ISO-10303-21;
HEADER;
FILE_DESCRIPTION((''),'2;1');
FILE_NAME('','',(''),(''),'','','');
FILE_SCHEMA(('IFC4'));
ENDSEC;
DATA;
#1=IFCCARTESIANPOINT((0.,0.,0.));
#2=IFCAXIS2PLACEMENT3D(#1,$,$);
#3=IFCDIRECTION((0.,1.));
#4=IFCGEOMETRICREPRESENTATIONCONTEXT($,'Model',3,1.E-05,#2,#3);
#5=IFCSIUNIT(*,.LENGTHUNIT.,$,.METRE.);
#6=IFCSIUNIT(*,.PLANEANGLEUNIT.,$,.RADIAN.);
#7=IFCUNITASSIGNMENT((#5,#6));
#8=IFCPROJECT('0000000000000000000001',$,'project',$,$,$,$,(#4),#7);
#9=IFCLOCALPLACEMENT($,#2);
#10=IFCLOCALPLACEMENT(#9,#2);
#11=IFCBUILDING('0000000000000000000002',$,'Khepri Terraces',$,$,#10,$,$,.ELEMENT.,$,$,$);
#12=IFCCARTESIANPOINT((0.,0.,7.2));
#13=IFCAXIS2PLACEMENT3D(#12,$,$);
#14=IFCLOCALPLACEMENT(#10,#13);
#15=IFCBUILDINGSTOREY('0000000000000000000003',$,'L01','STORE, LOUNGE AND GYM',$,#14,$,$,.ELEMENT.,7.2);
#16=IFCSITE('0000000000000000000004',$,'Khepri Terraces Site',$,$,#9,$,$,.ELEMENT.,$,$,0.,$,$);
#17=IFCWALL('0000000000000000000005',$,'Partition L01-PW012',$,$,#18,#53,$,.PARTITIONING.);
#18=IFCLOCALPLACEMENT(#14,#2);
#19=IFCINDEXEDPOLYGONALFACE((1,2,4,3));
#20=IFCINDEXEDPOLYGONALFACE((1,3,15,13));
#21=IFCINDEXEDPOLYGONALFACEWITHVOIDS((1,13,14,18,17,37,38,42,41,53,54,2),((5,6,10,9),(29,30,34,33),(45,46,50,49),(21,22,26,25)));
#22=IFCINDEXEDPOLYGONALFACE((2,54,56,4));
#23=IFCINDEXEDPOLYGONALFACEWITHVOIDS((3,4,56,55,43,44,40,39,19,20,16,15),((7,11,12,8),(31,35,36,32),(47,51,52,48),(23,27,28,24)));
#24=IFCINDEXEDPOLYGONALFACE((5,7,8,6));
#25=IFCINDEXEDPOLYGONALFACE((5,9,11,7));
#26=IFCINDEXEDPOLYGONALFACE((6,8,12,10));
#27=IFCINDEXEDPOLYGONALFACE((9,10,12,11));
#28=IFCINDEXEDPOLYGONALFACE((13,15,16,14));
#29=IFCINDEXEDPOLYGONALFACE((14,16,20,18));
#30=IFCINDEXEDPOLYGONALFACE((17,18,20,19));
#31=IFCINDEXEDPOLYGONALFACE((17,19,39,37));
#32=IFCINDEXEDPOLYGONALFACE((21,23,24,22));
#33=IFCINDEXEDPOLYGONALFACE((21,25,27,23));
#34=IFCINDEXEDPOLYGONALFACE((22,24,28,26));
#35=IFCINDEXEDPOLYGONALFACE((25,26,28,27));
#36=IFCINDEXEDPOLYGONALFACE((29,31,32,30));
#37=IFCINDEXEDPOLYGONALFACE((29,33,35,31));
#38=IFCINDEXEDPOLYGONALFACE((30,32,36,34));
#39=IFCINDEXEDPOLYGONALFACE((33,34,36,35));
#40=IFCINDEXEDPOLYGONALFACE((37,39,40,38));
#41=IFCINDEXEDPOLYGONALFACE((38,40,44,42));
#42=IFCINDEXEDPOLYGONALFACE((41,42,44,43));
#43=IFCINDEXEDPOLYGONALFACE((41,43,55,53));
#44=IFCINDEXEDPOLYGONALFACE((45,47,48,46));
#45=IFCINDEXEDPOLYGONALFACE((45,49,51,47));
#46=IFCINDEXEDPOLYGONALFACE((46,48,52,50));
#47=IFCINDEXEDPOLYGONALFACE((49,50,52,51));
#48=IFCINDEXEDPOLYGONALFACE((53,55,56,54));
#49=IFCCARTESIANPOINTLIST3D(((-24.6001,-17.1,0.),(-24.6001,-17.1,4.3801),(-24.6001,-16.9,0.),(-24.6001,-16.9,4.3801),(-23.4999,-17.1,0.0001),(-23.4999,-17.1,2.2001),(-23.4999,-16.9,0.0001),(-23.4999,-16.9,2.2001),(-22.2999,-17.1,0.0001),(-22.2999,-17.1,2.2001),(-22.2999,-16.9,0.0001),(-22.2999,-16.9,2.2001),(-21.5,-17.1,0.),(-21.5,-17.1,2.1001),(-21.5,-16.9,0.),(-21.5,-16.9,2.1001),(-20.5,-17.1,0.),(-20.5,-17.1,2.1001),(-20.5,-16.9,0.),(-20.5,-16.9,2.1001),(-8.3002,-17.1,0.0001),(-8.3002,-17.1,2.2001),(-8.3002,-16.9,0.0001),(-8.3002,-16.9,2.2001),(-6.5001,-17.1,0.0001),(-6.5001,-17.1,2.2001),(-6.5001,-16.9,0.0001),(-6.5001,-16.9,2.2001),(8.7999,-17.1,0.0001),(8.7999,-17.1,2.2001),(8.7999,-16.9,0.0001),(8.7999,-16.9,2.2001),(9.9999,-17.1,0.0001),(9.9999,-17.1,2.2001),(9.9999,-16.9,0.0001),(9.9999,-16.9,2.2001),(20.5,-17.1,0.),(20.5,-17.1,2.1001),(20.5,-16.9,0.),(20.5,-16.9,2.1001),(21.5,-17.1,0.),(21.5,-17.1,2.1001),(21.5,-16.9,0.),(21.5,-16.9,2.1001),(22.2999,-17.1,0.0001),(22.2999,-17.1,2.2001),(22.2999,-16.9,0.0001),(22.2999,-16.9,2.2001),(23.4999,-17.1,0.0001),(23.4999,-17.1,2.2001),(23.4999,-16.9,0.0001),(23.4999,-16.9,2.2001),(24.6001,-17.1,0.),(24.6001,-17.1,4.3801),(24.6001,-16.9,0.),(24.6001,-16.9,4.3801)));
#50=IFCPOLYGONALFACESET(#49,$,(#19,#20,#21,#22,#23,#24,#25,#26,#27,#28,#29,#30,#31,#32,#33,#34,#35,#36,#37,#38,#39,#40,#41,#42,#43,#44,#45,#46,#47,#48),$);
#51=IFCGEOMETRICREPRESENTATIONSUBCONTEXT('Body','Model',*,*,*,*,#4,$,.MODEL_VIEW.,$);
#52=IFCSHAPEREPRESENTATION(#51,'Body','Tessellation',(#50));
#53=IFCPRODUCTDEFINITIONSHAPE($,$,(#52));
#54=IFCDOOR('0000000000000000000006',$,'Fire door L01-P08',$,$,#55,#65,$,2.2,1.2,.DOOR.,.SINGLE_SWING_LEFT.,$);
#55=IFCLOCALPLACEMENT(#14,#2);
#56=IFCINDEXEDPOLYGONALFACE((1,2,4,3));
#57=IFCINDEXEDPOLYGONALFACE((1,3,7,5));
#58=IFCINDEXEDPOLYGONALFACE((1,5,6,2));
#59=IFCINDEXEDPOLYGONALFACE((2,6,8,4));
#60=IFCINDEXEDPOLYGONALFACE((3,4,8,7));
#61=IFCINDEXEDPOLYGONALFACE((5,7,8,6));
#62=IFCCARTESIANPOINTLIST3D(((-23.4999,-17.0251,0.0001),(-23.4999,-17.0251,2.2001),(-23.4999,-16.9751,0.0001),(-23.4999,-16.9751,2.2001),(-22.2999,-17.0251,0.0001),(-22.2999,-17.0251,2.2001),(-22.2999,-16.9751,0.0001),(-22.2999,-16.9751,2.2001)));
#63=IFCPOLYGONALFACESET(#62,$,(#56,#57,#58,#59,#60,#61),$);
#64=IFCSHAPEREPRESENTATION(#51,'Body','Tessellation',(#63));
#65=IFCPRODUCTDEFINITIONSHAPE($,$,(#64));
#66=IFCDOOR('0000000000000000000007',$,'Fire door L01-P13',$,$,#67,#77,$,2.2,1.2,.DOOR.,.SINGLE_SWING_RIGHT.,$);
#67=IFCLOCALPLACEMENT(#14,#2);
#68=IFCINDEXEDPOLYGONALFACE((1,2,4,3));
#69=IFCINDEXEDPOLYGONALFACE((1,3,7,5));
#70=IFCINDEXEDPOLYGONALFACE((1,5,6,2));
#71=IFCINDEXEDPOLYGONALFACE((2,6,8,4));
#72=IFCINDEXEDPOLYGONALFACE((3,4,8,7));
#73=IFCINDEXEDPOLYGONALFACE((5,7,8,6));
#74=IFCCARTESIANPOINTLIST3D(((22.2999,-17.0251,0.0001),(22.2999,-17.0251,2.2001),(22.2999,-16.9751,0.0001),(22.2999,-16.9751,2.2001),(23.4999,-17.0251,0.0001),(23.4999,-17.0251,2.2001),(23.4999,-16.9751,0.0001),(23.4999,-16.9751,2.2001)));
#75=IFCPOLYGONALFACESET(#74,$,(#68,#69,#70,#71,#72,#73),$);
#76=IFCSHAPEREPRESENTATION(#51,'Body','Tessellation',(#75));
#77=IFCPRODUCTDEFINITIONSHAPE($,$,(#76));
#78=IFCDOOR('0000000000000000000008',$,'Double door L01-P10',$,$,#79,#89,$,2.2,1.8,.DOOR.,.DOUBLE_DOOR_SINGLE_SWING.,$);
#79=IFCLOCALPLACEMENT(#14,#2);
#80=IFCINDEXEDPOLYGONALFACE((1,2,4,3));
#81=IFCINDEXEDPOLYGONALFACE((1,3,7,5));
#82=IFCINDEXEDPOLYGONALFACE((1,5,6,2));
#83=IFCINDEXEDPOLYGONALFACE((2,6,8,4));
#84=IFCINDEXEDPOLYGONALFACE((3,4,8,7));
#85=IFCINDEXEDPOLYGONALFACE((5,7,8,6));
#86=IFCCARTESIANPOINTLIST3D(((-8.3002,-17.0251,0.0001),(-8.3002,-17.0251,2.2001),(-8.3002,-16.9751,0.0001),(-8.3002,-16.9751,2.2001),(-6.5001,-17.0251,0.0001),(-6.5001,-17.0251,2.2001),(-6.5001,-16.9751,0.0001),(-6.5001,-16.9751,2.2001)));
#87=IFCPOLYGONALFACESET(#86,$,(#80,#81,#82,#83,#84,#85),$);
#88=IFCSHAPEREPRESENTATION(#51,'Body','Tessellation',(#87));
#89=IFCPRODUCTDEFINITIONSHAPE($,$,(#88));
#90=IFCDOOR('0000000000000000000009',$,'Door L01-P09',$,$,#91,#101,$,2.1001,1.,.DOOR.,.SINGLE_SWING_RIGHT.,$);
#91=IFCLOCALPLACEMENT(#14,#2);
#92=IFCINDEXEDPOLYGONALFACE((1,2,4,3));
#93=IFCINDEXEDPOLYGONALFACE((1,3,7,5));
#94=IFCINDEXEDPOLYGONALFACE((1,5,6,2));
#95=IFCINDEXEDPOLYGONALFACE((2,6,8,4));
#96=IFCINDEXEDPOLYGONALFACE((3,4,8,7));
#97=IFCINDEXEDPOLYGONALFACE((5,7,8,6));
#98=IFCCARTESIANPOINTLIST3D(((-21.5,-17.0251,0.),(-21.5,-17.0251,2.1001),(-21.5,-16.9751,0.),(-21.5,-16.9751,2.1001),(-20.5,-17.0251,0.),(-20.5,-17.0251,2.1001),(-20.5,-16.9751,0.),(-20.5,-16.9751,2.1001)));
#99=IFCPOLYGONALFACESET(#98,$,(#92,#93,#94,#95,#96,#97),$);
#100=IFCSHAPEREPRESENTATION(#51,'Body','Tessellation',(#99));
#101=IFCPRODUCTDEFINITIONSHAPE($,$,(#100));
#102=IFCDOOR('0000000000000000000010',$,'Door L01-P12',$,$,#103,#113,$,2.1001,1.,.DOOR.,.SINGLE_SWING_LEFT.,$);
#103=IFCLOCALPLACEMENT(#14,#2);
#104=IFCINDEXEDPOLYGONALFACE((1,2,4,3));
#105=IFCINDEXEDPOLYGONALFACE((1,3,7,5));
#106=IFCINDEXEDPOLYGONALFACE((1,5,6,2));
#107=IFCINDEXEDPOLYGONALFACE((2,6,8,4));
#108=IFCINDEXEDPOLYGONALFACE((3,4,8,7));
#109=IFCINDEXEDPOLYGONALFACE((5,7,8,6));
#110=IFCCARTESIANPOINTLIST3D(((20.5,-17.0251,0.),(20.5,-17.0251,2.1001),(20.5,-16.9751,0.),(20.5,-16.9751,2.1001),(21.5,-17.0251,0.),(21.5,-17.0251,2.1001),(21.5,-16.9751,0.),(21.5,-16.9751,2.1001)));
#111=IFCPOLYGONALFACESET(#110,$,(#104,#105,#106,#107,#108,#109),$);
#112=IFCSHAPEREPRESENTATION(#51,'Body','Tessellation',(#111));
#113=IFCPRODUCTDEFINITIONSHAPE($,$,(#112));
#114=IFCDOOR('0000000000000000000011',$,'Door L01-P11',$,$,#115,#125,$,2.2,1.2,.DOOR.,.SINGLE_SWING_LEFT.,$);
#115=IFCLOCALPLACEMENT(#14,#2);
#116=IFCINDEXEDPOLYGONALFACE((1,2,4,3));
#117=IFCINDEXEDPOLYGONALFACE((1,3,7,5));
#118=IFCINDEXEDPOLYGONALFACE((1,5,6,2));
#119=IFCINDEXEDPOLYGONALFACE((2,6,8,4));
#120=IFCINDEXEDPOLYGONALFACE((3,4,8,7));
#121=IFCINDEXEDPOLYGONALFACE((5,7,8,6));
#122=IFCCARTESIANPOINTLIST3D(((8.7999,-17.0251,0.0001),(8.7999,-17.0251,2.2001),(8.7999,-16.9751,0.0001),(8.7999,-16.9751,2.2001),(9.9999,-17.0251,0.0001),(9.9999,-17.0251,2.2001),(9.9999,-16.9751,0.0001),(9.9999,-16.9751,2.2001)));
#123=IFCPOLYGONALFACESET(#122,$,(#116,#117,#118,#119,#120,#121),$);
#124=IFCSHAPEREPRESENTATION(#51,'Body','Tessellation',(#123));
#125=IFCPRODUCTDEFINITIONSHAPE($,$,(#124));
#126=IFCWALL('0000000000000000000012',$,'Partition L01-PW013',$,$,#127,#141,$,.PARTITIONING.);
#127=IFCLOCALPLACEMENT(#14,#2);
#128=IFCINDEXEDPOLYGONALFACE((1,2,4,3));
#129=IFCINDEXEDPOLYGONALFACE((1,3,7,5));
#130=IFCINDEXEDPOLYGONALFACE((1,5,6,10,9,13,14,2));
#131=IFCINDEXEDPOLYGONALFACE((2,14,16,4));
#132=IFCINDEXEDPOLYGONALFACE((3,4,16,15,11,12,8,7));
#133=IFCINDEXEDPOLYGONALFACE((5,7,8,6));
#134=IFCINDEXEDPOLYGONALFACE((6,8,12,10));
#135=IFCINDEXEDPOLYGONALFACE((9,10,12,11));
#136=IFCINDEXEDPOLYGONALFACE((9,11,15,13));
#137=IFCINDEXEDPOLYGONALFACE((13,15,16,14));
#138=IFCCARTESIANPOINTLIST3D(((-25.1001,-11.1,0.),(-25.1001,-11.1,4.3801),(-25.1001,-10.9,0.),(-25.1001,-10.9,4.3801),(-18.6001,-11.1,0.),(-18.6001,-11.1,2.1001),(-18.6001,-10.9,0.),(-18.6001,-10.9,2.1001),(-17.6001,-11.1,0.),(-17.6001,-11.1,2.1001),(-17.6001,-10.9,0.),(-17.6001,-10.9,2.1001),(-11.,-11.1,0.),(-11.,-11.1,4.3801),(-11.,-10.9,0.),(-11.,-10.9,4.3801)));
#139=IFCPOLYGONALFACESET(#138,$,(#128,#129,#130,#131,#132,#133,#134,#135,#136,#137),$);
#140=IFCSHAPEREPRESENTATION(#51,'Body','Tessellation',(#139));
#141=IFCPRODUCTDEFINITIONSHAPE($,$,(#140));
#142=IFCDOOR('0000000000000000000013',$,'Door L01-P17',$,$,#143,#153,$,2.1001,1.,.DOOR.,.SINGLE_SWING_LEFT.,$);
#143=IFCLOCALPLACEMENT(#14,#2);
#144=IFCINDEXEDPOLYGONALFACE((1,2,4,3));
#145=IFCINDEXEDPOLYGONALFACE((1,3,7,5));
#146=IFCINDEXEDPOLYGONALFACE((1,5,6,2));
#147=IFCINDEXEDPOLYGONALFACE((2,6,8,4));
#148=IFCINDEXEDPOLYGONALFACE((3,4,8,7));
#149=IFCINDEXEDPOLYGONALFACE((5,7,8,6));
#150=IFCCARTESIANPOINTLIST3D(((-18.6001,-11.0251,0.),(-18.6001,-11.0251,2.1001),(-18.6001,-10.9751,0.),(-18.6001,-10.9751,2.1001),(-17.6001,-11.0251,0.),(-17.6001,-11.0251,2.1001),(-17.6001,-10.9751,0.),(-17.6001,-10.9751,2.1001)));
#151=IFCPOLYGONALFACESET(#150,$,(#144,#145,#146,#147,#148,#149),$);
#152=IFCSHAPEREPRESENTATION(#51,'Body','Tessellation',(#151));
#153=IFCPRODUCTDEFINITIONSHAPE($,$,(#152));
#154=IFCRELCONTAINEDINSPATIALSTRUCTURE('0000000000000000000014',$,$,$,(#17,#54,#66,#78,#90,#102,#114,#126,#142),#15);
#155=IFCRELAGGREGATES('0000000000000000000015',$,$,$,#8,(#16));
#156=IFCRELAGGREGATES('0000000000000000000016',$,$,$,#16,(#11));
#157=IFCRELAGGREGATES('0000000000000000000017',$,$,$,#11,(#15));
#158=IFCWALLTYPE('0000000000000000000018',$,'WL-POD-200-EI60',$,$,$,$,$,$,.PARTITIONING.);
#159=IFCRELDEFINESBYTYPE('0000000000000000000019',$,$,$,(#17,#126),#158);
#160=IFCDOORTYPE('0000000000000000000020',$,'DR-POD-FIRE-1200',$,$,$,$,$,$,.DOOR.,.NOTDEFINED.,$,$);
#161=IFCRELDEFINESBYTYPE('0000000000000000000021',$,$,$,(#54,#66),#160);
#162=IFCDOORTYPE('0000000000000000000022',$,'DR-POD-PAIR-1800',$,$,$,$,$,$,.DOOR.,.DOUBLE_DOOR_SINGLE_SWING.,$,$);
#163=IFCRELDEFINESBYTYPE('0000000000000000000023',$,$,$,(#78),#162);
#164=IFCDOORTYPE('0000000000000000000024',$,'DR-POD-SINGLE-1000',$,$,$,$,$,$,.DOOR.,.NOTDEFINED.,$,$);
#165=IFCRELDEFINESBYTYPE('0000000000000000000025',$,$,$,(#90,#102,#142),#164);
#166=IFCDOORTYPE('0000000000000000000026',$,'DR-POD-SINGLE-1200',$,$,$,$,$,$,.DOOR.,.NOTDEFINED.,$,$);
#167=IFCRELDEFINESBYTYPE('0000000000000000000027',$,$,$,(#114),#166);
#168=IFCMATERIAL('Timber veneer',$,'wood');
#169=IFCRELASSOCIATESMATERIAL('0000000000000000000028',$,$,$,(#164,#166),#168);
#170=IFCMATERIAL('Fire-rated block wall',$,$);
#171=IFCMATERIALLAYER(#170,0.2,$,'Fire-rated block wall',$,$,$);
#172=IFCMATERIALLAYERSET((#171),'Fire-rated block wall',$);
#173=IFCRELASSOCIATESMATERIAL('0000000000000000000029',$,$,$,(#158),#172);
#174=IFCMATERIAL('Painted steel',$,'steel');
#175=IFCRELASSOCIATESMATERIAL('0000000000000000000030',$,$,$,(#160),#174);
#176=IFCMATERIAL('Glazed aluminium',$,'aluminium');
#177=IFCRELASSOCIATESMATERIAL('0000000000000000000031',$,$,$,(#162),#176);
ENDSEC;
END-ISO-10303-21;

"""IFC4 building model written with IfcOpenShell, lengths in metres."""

from ifc_helpers import new_model, si_unit, direction, frame, frame_2d, origin, place, context, subcontext, project, spatial, rectangle, extrude, material, layer, layer_set, type_object, element, fill, save


model = new_model("IFC4")

# Units and contexts
model_context = context("Model", 3, precision=1e-05, world=origin(), true_north=direction((0.0, 1.0)))
body_context = subcontext(model_context, "Body", "Model", "MODEL_VIEW")
ifc_project = project(units=[si_unit("LENGTHUNIT", "METRE"), si_unit("PLANEANGLEUNIT", "RADIAN")], contexts=[model_context])

# Site, building, storey
site_placement = place(None, origin())
site = spatial("IfcSite", under=ifc_project, at=site_placement, Name="Khepri Terraces Site", CompositionType="ELEMENT", RefElevation=0.0)
building_placement = place(site_placement, origin())
building = spatial("IfcBuilding", under=site, at=building_placement, Name="Khepri Terraces", CompositionType="ELEMENT")
storey_placement = place(building_placement, frame((0.0, 0.0, 7.2)))
storey = spatial("IfcBuildingStorey", under=building, at=storey_placement, Name="L01", Description="STORE, LOUNGE AND GYM", CompositionType="ELEMENT", Elevation=7.2)

# Shared definitions
ifc_material_1 = material(Name="Painted steel", Category="steel")

# Shared definitions
ifc_material_2 = material(Name="Timber veneer", Category="wood")
door_type_1 = type_object("IfcDoorType", Name="DR-POD-SINGLE-1000", OperationType="NOTDEFINED", PredefinedType="DOOR", material=ifc_material_2)

# Wall, openings, doors
ifc_material_3 = material(Name="Fire-rated block wall")
ifc_layer_1 = layer(ifc_material_3, 0.2, Name="Fire-rated block wall")
ifc_layer_set_1 = layer_set([ifc_layer_1], Name="Fire-rated block wall")
wall_type_1 = type_object("IfcWallType", Name="WL-POD-200-EI60", PredefinedType="PARTITIONING", material=ifc_layer_set_1)
wall_1_placement = place(storey_placement, frame((-24.6001, -17.0, 0.0), z_axis=(0.0, 0.0, 1.0), x_axis=(1.0, 0.0, 0.0)))
wall_1 = element("IfcWall", 1, at=wall_1_placement, inside=storey, type_object=wall_type_1, Name="Partition L01-PW012", PredefinedType="PARTITIONING", context=body_context, shape_type="SweptSolid", body=[
    extrude(rectangle(XDim=49.2002, YDim=0.2, at=frame_2d((24.6001, 0.0))), origin(), (0.0, 0.0, 1.0), 4.3801),
])
opening_1_placement = place(wall_1_placement, frame((1.1001, 0.0, 0.0)))
opening_1 = element("IfcOpeningElement", 2, at=opening_1_placement, cuts=wall_1, PredefinedType="OPENING", context=body_context, shape_type="SweptSolid", body=[
    extrude(rectangle(XDim=1.2, YDim=2.2, at=frame_2d((0.6001, 1.1001))), frame((0.0, 0.1099, 0.0), z_axis=(0.0, -1.0, 0.0), x_axis=(1.0, 0.0, 0.0)), (0.0, 0.0, 1.0), 0.22),
])
opening_2_placement = place(wall_1_placement, frame((3.1001, 0.0, 0.0)))
opening_2 = element("IfcOpeningElement", 3, at=opening_2_placement, cuts=wall_1, PredefinedType="OPENING", context=body_context, shape_type="SweptSolid", body=[
    extrude(rectangle(XDim=1.0, YDim=2.1001, at=frame_2d((0.5, 1.05))), frame((0.0, 0.1099, 0.0), z_axis=(0.0, -1.0, 0.0), x_axis=(1.0, 0.0, 0.0)), (0.0, 0.0, 1.0), 0.22),
])
opening_3_placement = place(wall_1_placement, frame((16.3, 0.0, 0.0)))
opening_3 = element("IfcOpeningElement", 4, at=opening_3_placement, cuts=wall_1, PredefinedType="OPENING", context=body_context, shape_type="SweptSolid", body=[
    extrude(rectangle(XDim=1.8, YDim=2.2, at=frame_2d((0.8999, 1.1001))), frame((0.0, 0.1099, 0.0), z_axis=(0.0, -1.0, 0.0), x_axis=(1.0, 0.0, 0.0)), (0.0, 0.0, 1.0), 0.22),
])
opening_4_placement = place(wall_1_placement, frame((33.3999, 0.0, 0.0)))
opening_4 = element("IfcOpeningElement", 5, at=opening_4_placement, cuts=wall_1, PredefinedType="OPENING", context=body_context, shape_type="SweptSolid", body=[
    extrude(rectangle(XDim=1.2, YDim=2.2, at=frame_2d((0.6001, 1.1001))), frame((0.0, 0.1099, 0.0), z_axis=(0.0, -1.0, 0.0), x_axis=(1.0, 0.0, 0.0)), (0.0, 0.0, 1.0), 0.22),
])
opening_5_placement = place(wall_1_placement, frame((45.1001, 0.0, 0.0)))
opening_5 = element("IfcOpeningElement", 6, at=opening_5_placement, cuts=wall_1, PredefinedType="OPENING", context=body_context, shape_type="SweptSolid", body=[
    extrude(rectangle(XDim=1.0, YDim=2.1001, at=frame_2d((0.5, 1.05))), frame((0.0, 0.1099, 0.0), z_axis=(0.0, -1.0, 0.0), x_axis=(1.0, 0.0, 0.0)), (0.0, 0.0, 1.0), 0.22),
])
opening_6_placement = place(wall_1_placement, frame((46.8999, 0.0, 0.0)))
opening_6 = element("IfcOpeningElement", 7, at=opening_6_placement, cuts=wall_1, PredefinedType="OPENING", context=body_context, shape_type="SweptSolid", body=[
    extrude(rectangle(XDim=1.2, YDim=2.2, at=frame_2d((0.6001, 1.1001))), frame((0.0, 0.1099, 0.0), z_axis=(0.0, -1.0, 0.0), x_axis=(1.0, 0.0, 0.0)), (0.0, 0.0, 1.0), 0.22),
])
door_type_2 = type_object("IfcDoorType", Name="DR-POD-FIRE-1200", OperationType="NOTDEFINED", PredefinedType="DOOR", material=ifc_material_1)
door_1_placement = place(opening_1_placement, origin())
door_1 = element("IfcDoor", 8, at=door_1_placement, inside=storey, type_object=door_type_2, Name="Fire door L01-P08", OperationType="SINGLE_SWING_LEFT", OverallHeight=2.2, OverallWidth=1.2, PredefinedType="DOOR", context=body_context, shape_type="SweptSolid", body=[
    extrude(rectangle(XDim=1.2, YDim=2.2, at=frame_2d((0.6001, 1.1001))), frame((0.0, 0.0249, 0.0), z_axis=(0.0, -1.0, 0.0), x_axis=(1.0, 0.0, 0.0)), (0.0, 0.0, 1.0), 0.05),
])
fill(opening_1, door_1)
door_2_placement = place(opening_6_placement, origin())
door_2 = element("IfcDoor", 9, at=door_2_placement, inside=storey, type_object=door_type_2, Name="Fire door L01-P13", OperationType="SINGLE_SWING_RIGHT", OverallHeight=2.2, OverallWidth=1.2, PredefinedType="DOOR", context=body_context, shape_type="SweptSolid", body=[
    extrude(rectangle(XDim=1.2, YDim=2.2, at=frame_2d((0.6001, 1.1001))), frame((0.0, 0.0249, 0.0), z_axis=(0.0, -1.0, 0.0), x_axis=(1.0, 0.0, 0.0)), (0.0, 0.0, 1.0), 0.05),
])
fill(opening_6, door_2)
ifc_material_4 = material(Name="Glazed aluminium", Category="aluminium")
door_type_3 = type_object("IfcDoorType", Name="DR-POD-PAIR-1800", OperationType="DOUBLE_DOOR_SINGLE_SWING", PredefinedType="DOOR", material=ifc_material_4)
door_3_placement = place(opening_3_placement, origin())
door_3 = element("IfcDoor", 10, at=door_3_placement, inside=storey, type_object=door_type_3, Name="Double door L01-P10", OperationType="DOUBLE_DOOR_SINGLE_SWING", OverallHeight=2.2, OverallWidth=1.8, PredefinedType="DOOR", context=body_context, shape_type="SweptSolid", body=[
    extrude(rectangle(XDim=1.8, YDim=2.2, at=frame_2d((0.8999, 1.1001))), frame((0.0, 0.0249, 0.0), z_axis=(0.0, -1.0, 0.0), x_axis=(1.0, 0.0, 0.0)), (0.0, 0.0, 1.0), 0.05),
])
fill(opening_3, door_3)
door_4_placement = place(opening_2_placement, origin())
door_4 = element("IfcDoor", 11, at=door_4_placement, inside=storey, type_object=door_type_1, Name="Door L01-P09", OperationType="SINGLE_SWING_RIGHT", OverallHeight=2.1001, OverallWidth=1.0, PredefinedType="DOOR", context=body_context, shape_type="SweptSolid", body=[
    extrude(rectangle(XDim=1.0, YDim=2.1001, at=frame_2d((0.5, 1.05))), frame((0.0, 0.0249, 0.0), z_axis=(0.0, -1.0, 0.0), x_axis=(1.0, 0.0, 0.0)), (0.0, 0.0, 1.0), 0.05),
])
fill(opening_2, door_4)
door_5_placement = place(opening_5_placement, origin())
door_5 = element("IfcDoor", 12, at=door_5_placement, inside=storey, type_object=door_type_1, Name="Door L01-P12", OperationType="SINGLE_SWING_LEFT", OverallHeight=2.1001, OverallWidth=1.0, PredefinedType="DOOR", context=body_context, shape_type="SweptSolid", body=[
    extrude(rectangle(XDim=1.0, YDim=2.1001, at=frame_2d((0.5, 1.05))), frame((0.0, 0.0249, 0.0), z_axis=(0.0, -1.0, 0.0), x_axis=(1.0, 0.0, 0.0)), (0.0, 0.0, 1.0), 0.05),
])
fill(opening_5, door_5)
door_type_4 = type_object("IfcDoorType", Name="DR-POD-SINGLE-1200", OperationType="NOTDEFINED", PredefinedType="DOOR", material=ifc_material_2)
door_6_placement = place(opening_4_placement, origin())
door_6 = element("IfcDoor", 13, at=door_6_placement, inside=storey, type_object=door_type_4, Name="Door L01-P11", OperationType="SINGLE_SWING_LEFT", OverallHeight=2.2, OverallWidth=1.2, PredefinedType="DOOR", context=body_context, shape_type="SweptSolid", body=[
    extrude(rectangle(XDim=1.2, YDim=2.2, at=frame_2d((0.6001, 1.1001))), frame((0.0, 0.0249, 0.0), z_axis=(0.0, -1.0, 0.0), x_axis=(1.0, 0.0, 0.0)), (0.0, 0.0, 1.0), 0.05),
])
fill(opening_4, door_6)

# Wall, opening, door
wall_2_placement = place(storey_placement, frame((-25.1001, -11.0, 0.0), z_axis=(0.0, 0.0, 1.0), x_axis=(1.0, 0.0, 0.0)))
wall_2 = element("IfcWall", 14, at=wall_2_placement, inside=storey, type_object=wall_type_1, Name="Partition L01-PW013", PredefinedType="PARTITIONING", context=body_context, shape_type="SweptSolid", body=[
    extrude(rectangle(XDim=14.1001, YDim=0.2, at=frame_2d((7.05, 0.0))), origin(), (0.0, 0.0, 1.0), 4.3801),
])
opening_7_placement = place(wall_2_placement, frame((6.5, 0.0, 0.0)))
opening_7 = element("IfcOpeningElement", 15, at=opening_7_placement, cuts=wall_2, PredefinedType="OPENING", context=body_context, shape_type="SweptSolid", body=[
    extrude(rectangle(XDim=1.0, YDim=2.1001, at=frame_2d((0.5, 1.05))), frame((0.0, 0.1099, 0.0), z_axis=(0.0, -1.0, 0.0), x_axis=(1.0, 0.0, 0.0)), (0.0, 0.0, 1.0), 0.22),
])
door_7_placement = place(opening_7_placement, origin())
door_7 = element("IfcDoor", 16, at=door_7_placement, inside=storey, type_object=door_type_1, Name="Door L01-P17", OperationType="SINGLE_SWING_LEFT", OverallHeight=2.1001, OverallWidth=1.0, PredefinedType="DOOR", context=body_context, shape_type="SweptSolid", body=[
    extrude(rectangle(XDim=1.0, YDim=2.1001, at=frame_2d((0.5, 1.05))), frame((0.0, 0.0249, 0.0), z_axis=(0.0, -1.0, 0.0), x_axis=(1.0, 0.0, 0.0)), (0.0, 0.0, 1.0), 0.05),
])
fill(opening_7, door_7)

save(model, "model.ifc")
